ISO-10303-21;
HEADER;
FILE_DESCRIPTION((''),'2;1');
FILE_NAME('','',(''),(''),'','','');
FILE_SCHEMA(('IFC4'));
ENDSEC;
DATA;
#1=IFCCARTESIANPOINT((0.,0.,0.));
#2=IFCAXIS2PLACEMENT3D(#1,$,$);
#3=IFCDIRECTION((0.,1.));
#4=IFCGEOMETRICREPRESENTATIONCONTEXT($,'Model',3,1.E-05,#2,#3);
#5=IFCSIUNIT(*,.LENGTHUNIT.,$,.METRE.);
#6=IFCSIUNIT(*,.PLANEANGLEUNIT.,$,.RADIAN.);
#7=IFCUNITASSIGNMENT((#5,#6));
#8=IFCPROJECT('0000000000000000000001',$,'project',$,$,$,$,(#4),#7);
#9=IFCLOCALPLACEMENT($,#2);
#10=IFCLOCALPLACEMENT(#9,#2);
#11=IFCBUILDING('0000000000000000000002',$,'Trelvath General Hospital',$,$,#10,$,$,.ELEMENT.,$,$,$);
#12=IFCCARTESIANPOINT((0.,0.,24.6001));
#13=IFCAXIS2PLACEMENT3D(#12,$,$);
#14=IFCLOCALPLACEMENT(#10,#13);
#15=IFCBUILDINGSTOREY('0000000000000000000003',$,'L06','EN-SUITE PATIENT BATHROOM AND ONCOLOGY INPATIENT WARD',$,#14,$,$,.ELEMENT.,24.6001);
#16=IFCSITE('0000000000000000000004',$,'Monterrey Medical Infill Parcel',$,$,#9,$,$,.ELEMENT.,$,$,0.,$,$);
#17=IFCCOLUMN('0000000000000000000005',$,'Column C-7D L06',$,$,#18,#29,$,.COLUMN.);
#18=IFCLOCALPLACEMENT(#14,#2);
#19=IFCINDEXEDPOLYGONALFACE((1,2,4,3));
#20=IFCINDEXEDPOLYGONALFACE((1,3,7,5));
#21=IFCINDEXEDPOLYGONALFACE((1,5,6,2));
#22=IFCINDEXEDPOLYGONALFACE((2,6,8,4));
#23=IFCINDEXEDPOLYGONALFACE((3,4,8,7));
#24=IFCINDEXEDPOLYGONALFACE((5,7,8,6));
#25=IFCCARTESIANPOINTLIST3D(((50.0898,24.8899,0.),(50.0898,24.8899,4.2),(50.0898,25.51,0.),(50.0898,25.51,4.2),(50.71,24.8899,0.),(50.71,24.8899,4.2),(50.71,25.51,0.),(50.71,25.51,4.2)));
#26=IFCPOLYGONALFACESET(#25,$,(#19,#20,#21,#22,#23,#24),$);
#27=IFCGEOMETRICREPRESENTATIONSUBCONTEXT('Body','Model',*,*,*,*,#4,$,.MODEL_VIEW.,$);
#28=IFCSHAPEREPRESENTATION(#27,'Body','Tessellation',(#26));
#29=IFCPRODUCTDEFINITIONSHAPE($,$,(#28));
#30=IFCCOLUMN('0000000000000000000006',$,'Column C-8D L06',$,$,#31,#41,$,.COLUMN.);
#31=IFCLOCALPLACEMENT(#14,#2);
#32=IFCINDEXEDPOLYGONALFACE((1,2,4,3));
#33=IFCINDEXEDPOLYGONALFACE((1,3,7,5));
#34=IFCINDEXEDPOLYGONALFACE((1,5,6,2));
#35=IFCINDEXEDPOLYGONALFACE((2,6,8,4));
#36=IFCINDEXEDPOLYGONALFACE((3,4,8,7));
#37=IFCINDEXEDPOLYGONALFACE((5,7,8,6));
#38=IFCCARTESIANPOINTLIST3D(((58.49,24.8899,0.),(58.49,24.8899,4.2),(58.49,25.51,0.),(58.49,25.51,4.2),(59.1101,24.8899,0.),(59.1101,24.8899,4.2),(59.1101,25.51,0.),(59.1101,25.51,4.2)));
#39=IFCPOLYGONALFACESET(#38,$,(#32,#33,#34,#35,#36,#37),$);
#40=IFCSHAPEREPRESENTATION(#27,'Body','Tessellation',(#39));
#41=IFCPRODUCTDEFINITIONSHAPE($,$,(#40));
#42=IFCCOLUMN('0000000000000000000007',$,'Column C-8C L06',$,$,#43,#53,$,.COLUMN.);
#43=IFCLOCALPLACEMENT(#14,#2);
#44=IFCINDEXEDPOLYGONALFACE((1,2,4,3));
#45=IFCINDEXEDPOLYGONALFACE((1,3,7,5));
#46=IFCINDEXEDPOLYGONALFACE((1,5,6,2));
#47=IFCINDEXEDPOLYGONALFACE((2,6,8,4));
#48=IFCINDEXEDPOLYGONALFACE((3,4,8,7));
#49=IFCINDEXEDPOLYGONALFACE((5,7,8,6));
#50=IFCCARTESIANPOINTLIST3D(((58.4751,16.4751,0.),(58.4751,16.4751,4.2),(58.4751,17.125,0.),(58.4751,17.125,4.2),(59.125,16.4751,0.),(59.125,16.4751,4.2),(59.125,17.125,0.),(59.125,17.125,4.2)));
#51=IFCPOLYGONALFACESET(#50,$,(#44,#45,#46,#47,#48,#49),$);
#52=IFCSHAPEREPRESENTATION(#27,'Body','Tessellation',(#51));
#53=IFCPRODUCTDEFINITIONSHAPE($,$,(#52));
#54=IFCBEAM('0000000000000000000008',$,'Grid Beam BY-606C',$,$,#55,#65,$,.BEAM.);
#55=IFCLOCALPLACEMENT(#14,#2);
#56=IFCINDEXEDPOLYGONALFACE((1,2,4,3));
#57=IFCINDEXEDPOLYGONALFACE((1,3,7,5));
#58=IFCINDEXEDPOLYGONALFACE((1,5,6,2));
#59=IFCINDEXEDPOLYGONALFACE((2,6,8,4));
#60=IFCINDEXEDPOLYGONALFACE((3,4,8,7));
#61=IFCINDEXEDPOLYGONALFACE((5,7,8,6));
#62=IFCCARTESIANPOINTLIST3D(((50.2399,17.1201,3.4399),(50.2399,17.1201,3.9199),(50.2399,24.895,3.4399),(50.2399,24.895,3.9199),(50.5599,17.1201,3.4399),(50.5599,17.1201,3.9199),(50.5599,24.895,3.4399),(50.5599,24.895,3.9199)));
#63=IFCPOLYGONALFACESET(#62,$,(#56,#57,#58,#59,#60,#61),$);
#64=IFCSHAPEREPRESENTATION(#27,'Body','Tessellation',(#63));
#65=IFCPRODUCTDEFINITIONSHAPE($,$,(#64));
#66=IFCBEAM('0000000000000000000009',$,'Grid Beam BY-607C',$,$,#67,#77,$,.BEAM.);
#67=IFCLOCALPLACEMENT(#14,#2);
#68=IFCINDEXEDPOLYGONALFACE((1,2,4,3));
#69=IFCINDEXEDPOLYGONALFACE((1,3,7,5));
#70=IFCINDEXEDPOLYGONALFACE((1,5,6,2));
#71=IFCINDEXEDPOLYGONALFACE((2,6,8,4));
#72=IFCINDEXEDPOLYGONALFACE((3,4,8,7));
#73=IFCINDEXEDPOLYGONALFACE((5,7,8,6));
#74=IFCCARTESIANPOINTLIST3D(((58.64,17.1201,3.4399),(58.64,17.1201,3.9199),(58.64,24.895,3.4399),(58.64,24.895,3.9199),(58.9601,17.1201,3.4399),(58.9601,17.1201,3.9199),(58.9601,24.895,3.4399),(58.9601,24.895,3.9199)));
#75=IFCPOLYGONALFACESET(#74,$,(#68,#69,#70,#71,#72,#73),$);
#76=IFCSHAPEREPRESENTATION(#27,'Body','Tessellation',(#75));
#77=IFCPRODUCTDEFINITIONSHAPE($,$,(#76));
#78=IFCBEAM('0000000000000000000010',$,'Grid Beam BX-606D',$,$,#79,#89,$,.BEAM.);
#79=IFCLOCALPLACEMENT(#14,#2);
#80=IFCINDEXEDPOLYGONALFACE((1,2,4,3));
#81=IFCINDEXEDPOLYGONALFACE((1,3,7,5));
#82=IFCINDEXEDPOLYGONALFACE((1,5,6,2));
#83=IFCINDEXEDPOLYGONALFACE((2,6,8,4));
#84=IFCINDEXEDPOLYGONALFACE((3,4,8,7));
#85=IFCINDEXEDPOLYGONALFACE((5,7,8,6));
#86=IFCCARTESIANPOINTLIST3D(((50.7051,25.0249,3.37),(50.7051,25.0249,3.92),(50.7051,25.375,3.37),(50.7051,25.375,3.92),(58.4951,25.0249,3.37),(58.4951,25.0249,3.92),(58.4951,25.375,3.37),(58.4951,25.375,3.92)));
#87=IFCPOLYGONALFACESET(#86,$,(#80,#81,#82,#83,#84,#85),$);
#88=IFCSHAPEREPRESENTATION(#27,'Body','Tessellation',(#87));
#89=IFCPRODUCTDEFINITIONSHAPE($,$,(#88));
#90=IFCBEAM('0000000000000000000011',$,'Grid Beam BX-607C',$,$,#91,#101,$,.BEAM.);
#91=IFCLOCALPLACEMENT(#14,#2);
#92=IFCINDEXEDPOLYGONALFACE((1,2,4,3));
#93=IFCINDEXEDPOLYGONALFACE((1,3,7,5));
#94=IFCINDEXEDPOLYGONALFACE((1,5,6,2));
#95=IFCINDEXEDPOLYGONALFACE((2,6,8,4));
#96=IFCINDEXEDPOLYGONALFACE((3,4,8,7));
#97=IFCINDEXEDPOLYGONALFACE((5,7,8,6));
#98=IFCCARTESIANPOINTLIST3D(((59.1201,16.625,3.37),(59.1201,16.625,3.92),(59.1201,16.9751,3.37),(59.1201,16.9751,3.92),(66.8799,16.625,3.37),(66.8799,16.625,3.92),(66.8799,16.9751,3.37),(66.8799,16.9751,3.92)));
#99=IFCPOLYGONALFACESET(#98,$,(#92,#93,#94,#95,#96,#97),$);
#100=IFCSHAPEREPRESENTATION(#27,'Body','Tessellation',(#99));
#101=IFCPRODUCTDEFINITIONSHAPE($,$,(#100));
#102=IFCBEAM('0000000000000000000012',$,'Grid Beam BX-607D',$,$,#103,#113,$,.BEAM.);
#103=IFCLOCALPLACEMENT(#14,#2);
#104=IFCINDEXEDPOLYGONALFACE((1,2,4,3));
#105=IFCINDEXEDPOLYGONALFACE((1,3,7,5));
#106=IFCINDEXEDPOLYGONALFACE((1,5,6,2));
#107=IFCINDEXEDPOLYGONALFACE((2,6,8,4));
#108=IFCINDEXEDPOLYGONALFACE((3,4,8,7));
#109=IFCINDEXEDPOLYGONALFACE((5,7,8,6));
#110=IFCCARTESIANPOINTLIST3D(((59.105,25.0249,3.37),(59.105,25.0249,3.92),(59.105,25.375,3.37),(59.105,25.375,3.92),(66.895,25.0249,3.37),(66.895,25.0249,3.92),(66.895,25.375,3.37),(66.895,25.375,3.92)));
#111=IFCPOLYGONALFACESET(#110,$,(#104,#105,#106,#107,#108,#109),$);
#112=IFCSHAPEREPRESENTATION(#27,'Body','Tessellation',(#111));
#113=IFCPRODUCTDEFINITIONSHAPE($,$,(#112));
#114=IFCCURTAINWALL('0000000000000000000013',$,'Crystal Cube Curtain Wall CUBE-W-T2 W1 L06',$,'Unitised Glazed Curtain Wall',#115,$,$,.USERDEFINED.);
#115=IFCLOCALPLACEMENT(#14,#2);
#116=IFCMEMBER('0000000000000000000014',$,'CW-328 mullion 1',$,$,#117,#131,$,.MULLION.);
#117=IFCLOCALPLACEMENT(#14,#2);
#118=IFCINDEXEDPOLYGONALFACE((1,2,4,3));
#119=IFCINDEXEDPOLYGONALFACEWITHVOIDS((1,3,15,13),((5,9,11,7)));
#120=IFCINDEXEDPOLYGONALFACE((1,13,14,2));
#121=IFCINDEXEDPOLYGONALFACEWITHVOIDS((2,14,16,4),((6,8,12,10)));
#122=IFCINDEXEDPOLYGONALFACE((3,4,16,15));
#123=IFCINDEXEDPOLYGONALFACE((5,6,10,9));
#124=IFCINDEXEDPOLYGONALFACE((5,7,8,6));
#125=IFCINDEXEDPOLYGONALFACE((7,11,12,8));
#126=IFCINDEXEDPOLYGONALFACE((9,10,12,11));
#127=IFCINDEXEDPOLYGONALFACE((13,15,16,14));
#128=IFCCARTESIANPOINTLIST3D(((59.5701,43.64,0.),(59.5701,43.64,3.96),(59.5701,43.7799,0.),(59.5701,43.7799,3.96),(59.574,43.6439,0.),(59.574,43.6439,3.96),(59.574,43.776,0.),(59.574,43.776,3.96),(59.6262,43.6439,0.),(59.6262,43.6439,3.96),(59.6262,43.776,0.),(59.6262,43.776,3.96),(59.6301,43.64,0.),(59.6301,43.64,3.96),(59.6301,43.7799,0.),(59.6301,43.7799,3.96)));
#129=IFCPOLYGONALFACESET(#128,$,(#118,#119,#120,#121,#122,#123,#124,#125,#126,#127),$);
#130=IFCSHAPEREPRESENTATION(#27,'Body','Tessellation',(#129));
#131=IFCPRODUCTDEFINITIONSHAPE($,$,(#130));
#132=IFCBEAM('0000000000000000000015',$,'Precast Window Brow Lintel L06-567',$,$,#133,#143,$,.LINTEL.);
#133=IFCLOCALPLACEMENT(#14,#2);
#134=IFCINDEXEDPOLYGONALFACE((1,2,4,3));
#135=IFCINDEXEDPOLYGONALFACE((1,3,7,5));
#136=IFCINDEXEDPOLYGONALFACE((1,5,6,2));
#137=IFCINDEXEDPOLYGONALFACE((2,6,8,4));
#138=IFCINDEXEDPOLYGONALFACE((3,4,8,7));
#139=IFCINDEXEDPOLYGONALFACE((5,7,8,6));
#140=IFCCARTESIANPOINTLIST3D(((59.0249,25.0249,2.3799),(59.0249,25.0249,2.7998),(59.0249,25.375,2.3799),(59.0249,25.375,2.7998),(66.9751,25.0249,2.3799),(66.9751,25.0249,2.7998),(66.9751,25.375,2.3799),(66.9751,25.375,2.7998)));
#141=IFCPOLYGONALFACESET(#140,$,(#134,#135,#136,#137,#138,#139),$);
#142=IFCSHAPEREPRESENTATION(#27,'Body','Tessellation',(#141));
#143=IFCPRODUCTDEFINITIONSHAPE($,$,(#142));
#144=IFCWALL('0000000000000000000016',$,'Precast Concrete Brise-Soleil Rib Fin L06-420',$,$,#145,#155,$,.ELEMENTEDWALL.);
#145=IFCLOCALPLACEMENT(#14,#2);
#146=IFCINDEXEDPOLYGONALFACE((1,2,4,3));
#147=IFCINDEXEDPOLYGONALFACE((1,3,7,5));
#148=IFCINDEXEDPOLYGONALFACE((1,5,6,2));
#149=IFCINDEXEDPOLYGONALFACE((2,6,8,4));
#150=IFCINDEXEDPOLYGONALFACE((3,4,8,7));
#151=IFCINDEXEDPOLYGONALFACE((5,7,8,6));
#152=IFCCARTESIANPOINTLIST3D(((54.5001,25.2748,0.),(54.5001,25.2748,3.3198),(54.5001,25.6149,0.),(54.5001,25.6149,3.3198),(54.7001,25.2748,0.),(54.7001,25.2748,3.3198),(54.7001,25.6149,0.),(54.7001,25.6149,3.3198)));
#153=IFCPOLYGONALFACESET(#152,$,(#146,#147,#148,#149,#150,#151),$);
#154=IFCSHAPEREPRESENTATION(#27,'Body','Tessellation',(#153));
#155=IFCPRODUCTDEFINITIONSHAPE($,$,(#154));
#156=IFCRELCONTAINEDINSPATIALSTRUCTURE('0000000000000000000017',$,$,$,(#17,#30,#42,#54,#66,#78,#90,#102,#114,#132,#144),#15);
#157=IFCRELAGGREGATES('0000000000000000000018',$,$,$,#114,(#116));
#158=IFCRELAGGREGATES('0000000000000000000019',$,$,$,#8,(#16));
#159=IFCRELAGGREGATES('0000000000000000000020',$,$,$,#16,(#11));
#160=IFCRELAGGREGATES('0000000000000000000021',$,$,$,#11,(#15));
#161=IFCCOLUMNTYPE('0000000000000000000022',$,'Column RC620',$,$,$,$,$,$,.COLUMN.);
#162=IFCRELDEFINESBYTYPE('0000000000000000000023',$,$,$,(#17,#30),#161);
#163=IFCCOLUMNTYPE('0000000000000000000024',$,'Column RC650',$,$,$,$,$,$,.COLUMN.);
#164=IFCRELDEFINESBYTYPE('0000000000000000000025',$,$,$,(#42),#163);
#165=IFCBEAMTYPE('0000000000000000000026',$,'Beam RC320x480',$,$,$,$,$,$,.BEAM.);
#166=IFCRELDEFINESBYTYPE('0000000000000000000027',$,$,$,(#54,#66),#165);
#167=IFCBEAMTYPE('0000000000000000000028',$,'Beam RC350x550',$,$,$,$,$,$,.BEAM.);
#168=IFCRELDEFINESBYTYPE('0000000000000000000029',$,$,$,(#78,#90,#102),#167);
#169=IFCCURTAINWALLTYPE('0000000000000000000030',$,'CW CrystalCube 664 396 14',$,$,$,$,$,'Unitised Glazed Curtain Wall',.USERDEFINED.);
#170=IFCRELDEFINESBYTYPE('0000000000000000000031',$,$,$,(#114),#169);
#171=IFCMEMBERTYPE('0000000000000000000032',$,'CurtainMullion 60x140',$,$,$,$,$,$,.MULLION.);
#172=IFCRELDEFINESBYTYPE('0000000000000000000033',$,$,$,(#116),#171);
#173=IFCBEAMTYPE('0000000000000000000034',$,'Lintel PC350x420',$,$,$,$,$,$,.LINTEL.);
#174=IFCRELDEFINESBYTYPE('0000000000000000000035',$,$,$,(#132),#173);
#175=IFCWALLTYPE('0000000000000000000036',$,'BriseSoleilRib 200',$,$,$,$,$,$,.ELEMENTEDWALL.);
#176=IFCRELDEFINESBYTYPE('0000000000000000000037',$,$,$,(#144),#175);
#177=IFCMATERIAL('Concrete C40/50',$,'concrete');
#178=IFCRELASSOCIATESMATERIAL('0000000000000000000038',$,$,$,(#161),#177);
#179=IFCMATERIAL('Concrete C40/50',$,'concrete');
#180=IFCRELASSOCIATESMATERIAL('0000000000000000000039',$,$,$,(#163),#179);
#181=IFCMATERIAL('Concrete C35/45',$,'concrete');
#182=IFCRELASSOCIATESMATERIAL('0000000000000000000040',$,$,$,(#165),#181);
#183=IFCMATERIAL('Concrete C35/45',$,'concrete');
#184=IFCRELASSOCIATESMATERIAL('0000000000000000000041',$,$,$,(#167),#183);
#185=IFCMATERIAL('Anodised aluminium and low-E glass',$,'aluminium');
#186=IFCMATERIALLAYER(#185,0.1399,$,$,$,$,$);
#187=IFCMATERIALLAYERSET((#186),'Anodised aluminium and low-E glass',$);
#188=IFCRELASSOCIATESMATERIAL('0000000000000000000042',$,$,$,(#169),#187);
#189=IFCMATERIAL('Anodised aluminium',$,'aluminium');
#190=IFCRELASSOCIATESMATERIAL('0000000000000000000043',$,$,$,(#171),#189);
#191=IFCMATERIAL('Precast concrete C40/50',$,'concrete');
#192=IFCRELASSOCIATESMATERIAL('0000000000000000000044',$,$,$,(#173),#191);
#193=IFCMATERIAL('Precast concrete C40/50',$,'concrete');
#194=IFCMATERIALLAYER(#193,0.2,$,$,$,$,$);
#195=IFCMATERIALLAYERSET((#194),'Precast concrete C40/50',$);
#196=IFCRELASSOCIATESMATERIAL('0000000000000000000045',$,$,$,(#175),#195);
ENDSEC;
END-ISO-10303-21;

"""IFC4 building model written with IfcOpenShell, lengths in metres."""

from ifc_helpers import new_model, si_unit, direction, frame, frame_2d, origin, origin_2d, place, context, subcontext, project, spatial, rectangle, hollow_rectangle, extrude, material, layer, layer_set, material_profile, profile_set, type_object, element, aggregate, save


model = new_model("IFC4")

# Units and contexts
model_context = context("Model", 3, precision=1e-05, world=origin(), true_north=direction((0.0, 1.0)))
body_context = subcontext(model_context, "Body", "Model", "MODEL_VIEW")
ifc_project = project(units=[si_unit("LENGTHUNIT", "METRE"), si_unit("PLANEANGLEUNIT", "RADIAN")], contexts=[model_context])

# Site, building, storey
site_placement = place(None, origin())
site = spatial("IfcSite", under=ifc_project, at=site_placement, Name="Monterrey Medical Infill Parcel", CompositionType="ELEMENT", RefElevation=0.0)
building_placement = place(site_placement, origin())
building = spatial("IfcBuilding", under=site, at=building_placement, Name="Trelvath General Hospital", CompositionType="ELEMENT")
storey_placement = place(building_placement, frame((0.0, 0.0, 24.6001)))
storey = spatial("IfcBuildingStorey", under=building, at=storey_placement, Name="L06", Description="EN-SUITE PATIENT BATHROOM AND ONCOLOGY INPATIENT WARD", CompositionType="ELEMENT", Elevation=24.6001)

# Columns
ifc_material_1 = material(Name="Concrete C40/50", Category="concrete")
ifc_material_profile_1 = material_profile(ifc_material_1, rectangle(XDim=0.6201, YDim=0.6201, at=origin_2d()), Name="RC620x620")
ifc_profile_set_1 = profile_set([ifc_material_profile_1], Name="Concrete C40/50")
column_type_1 = type_object("IfcColumnType", Name="Column RC620", PredefinedType="COLUMN", material=ifc_profile_set_1)
for number, where, z_axis, x_axis, name in (
    (1, (50.3999, 25.2, 0.0), (0.0, 0.0, 1.0), (1.0, 0.0, 0.0), "Column C-7D L06"),
    (2, (58.8, 25.2, 0.0), (0.0, 0.0, 1.0), (1.0, 0.0, 0.0), "Column C-8D L06"),
):
    element("IfcColumn", number, at=place(storey_placement, frame(where, z_axis=z_axis, x_axis=x_axis)), inside=storey, type_object=column_type_1, Name=name, PredefinedType="COLUMN", context=body_context, shape_type="SweptSolid", body=[
        extrude(rectangle(XDim=0.6201, YDim=0.6201, at=origin_2d()), origin(), (0.0, 0.0, 1.0), 4.2),
    ])
ifc_material_2 = material(Name="Concrete C40/50", Category="concrete")
ifc_material_profile_2 = material_profile(ifc_material_2, rectangle(XDim=0.6499, YDim=0.6499, at=origin_2d()), Name="RC650x650")
ifc_profile_set_2 = profile_set([ifc_material_profile_2], Name="Concrete C40/50")
column_type_2 = type_object("IfcColumnType", Name="Column RC650", PredefinedType="COLUMN", material=ifc_profile_set_2)
column_placement = place(storey_placement, frame((58.8, 16.8, 0.0), z_axis=(0.0, 0.0, 1.0), x_axis=(1.0, 0.0, 0.0)))
element("IfcColumn", 3, at=column_placement, inside=storey, type_object=column_type_2, Name="Column C-8C L06", PredefinedType="COLUMN", context=body_context, shape_type="SweptSolid", body=[
    extrude(rectangle(XDim=0.6499, YDim=0.6499, at=origin_2d()), origin(), (0.0, 0.0, 1.0), 4.2),
])

# Beams
ifc_material_3 = material(Name="Concrete C35/45", Category="concrete")
ifc_material_profile_3 = material_profile(ifc_material_3, rectangle(XDim=0.3201, YDim=0.48, at=origin_2d()), Name="RCB320x480")
ifc_profile_set_3 = profile_set([ifc_material_profile_3], Name="Concrete C35/45")
beam_type_1 = type_object("IfcBeamType", Name="Beam RC320x480", PredefinedType="BEAM", material=ifc_profile_set_3)
for number, where, z_axis, x_axis, name in (
    (4, (50.3999, 17.1201, 3.6799), (0.0, 1.0, 0.0), (-1.0, 0.0, 0.0), "Grid Beam BY-606C"),
    (5, (58.8, 17.1201, 3.6799), (0.0, 1.0, 0.0), (-1.0, 0.0, 0.0), "Grid Beam BY-607C"),
):
    element("IfcBeam", number, at=place(storey_placement, frame(where, z_axis=z_axis, x_axis=x_axis)), inside=storey, type_object=beam_type_1, Name=name, PredefinedType="BEAM", context=body_context, shape_type="SweptSolid", body=[
        extrude(rectangle(XDim=0.3201, YDim=0.48, at=origin_2d()), origin(), (0.0, 0.0, 1.0), 7.7749),
    ])
ifc_material_4 = material(Name="Concrete C35/45", Category="concrete")
ifc_material_profile_4 = material_profile(ifc_material_4, rectangle(XDim=0.3501, YDim=0.55, at=origin_2d()), Name="RCB350x550")
ifc_profile_set_4 = profile_set([ifc_material_profile_4], Name="Concrete C35/45")
beam_type_2 = type_object("IfcBeamType", Name="Beam RC350x550", PredefinedType="BEAM", material=ifc_profile_set_4)
beam_1_placement = place(storey_placement, frame((50.7051, 25.2, 3.645), z_axis=(1.0, 0.0, 0.0), x_axis=(0.0, 1.0, 0.0)))
element("IfcBeam", 6, at=beam_1_placement, inside=storey, type_object=beam_type_2, Name="Grid Beam BX-606D", PredefinedType="BEAM", context=body_context, shape_type="SweptSolid", body=[
    extrude(rectangle(XDim=0.3501, YDim=0.55, at=origin_2d()), origin(), (0.0, 0.0, 1.0), 7.79),
])
beam_2_placement = place(storey_placement, frame((59.1201, 16.8, 3.645), z_axis=(1.0, 0.0, 0.0), x_axis=(0.0, 1.0, 0.0)))
element("IfcBeam", 7, at=beam_2_placement, inside=storey, type_object=beam_type_2, Name="Grid Beam BX-607C", PredefinedType="BEAM", context=body_context, shape_type="SweptSolid", body=[
    extrude(rectangle(XDim=0.3501, YDim=0.55, at=origin_2d()), origin(), (0.0, 0.0, 1.0), 7.7598),
])
beam_3_placement = place(storey_placement, frame((59.105, 25.2, 3.645), z_axis=(1.0, 0.0, 0.0), x_axis=(0.0, 1.0, 0.0)))
element("IfcBeam", 8, at=beam_3_placement, inside=storey, type_object=beam_type_2, Name="Grid Beam BX-607D", PredefinedType="BEAM", context=body_context, shape_type="SweptSolid", body=[
    extrude(rectangle(XDim=0.3501, YDim=0.55, at=origin_2d()), origin(), (0.0, 0.0, 1.0), 7.79),
])

# Curtain wall, member
ifc_material_5 = material(Name="Anodised aluminium and low-E glass", Category="aluminium")
ifc_layer_1 = layer(ifc_material_5, 0.1399)
ifc_layer_set_1 = layer_set([ifc_layer_1], Name="Anodised aluminium and low-E glass")
curtain_wall_type = type_object("IfcCurtainWallType", Name="CW CrystalCube 664 396 14", ElementType="Unitised Glazed Curtain Wall", PredefinedType="USERDEFINED", material=ifc_layer_set_1)
curtain_wall_placement = place(storey_placement, origin())
curtain_wall = element("IfcCurtainWall", 9, at=curtain_wall_placement, inside=storey, type_object=curtain_wall_type, Name="Crystal Cube Curtain Wall CUBE-W-T2 W1 L06", ObjectType="Unitised Glazed Curtain Wall", PredefinedType="USERDEFINED")
ifc_material_6 = material(Name="Anodised aluminium", Category="aluminium")
ifc_material_profile_5 = material_profile(ifc_material_6, hollow_rectangle(XDim=0.0601, YDim=0.1399, WallThickness=0.0039, at=origin_2d()), Name="RHS60x140x4")
ifc_profile_set_5 = profile_set([ifc_material_profile_5], Name="Anodised aluminium")
member_type = type_object("IfcMemberType", Name="CurtainMullion 60x140", PredefinedType="MULLION", material=ifc_profile_set_5)
member_placement = place(storey_placement, frame((59.6001, 43.71, 0.0), z_axis=(0.0, 0.0, 1.0), x_axis=(-1.0, 0.0, 0.0)))
member = element("IfcMember", 10, at=member_placement, type_object=member_type, Name="CW-328 mullion 1", PredefinedType="MULLION", context=body_context, shape_type="SweptSolid", body=[
    extrude(hollow_rectangle(XDim=0.0601, YDim=0.1399, WallThickness=0.0039, at=origin_2d()), origin(), (0.0, 0.0, 1.0), 3.96),
])
aggregate(curtain_wall, [member])

# Beam
ifc_material_7 = material(Name="Precast concrete C40/50", Category="concrete")
ifc_material_profile_6 = material_profile(ifc_material_7, rectangle(XDim=0.3501, YDim=0.4199, at=origin_2d()), Name="PCL350x420")
ifc_profile_set_6 = profile_set([ifc_material_profile_6], Name="Precast concrete C40/50")
beam_type_3 = type_object("IfcBeamType", Name="Lintel PC350x420", PredefinedType="LINTEL", material=ifc_profile_set_6)
beam_4_placement = place(storey_placement, frame((59.0249, 25.2, 2.5898), z_axis=(1.0, 0.0, 0.0), x_axis=(0.0, 1.0, 0.0)))
element("IfcBeam", 11, at=beam_4_placement, inside=storey, type_object=beam_type_3, Name="Precast Window Brow Lintel L06-567", PredefinedType="LINTEL", context=body_context, shape_type="SweptSolid", body=[
    extrude(rectangle(XDim=0.3501, YDim=0.4199, at=origin_2d()), origin(), (0.0, 0.0, 1.0), 7.9502),
])

# Wall
ifc_material_8 = material(Name="Precast concrete C40/50", Category="concrete")
ifc_layer_2 = layer(ifc_material_8, 0.2)
ifc_layer_set_2 = layer_set([ifc_layer_2], Name="Precast concrete C40/50")
wall_type_1 = type_object("IfcWallType", Name="BriseSoleilRib 200", PredefinedType="ELEMENTEDWALL", material=ifc_layer_set_2)
wall_1_placement = place(storey_placement, frame((54.6001, 25.2749, 0.0), z_axis=(0.0, 0.0, 1.0), x_axis=(0.0, 1.0, 0.0)))
element("IfcWall", 12, at=wall_1_placement, inside=storey, type_object=wall_type_1, Name="Precast Concrete Brise-Soleil Rib Fin L06-420", PredefinedType="ELEMENTEDWALL", context=body_context, shape_type="SweptSolid", body=[
    extrude(rectangle(XDim=0.3401, YDim=0.2, at=frame_2d((0.1699, 0.0))), origin(), (0.0, 0.0, 1.0), 3.3198),
])

save(model, "model.ifc")
